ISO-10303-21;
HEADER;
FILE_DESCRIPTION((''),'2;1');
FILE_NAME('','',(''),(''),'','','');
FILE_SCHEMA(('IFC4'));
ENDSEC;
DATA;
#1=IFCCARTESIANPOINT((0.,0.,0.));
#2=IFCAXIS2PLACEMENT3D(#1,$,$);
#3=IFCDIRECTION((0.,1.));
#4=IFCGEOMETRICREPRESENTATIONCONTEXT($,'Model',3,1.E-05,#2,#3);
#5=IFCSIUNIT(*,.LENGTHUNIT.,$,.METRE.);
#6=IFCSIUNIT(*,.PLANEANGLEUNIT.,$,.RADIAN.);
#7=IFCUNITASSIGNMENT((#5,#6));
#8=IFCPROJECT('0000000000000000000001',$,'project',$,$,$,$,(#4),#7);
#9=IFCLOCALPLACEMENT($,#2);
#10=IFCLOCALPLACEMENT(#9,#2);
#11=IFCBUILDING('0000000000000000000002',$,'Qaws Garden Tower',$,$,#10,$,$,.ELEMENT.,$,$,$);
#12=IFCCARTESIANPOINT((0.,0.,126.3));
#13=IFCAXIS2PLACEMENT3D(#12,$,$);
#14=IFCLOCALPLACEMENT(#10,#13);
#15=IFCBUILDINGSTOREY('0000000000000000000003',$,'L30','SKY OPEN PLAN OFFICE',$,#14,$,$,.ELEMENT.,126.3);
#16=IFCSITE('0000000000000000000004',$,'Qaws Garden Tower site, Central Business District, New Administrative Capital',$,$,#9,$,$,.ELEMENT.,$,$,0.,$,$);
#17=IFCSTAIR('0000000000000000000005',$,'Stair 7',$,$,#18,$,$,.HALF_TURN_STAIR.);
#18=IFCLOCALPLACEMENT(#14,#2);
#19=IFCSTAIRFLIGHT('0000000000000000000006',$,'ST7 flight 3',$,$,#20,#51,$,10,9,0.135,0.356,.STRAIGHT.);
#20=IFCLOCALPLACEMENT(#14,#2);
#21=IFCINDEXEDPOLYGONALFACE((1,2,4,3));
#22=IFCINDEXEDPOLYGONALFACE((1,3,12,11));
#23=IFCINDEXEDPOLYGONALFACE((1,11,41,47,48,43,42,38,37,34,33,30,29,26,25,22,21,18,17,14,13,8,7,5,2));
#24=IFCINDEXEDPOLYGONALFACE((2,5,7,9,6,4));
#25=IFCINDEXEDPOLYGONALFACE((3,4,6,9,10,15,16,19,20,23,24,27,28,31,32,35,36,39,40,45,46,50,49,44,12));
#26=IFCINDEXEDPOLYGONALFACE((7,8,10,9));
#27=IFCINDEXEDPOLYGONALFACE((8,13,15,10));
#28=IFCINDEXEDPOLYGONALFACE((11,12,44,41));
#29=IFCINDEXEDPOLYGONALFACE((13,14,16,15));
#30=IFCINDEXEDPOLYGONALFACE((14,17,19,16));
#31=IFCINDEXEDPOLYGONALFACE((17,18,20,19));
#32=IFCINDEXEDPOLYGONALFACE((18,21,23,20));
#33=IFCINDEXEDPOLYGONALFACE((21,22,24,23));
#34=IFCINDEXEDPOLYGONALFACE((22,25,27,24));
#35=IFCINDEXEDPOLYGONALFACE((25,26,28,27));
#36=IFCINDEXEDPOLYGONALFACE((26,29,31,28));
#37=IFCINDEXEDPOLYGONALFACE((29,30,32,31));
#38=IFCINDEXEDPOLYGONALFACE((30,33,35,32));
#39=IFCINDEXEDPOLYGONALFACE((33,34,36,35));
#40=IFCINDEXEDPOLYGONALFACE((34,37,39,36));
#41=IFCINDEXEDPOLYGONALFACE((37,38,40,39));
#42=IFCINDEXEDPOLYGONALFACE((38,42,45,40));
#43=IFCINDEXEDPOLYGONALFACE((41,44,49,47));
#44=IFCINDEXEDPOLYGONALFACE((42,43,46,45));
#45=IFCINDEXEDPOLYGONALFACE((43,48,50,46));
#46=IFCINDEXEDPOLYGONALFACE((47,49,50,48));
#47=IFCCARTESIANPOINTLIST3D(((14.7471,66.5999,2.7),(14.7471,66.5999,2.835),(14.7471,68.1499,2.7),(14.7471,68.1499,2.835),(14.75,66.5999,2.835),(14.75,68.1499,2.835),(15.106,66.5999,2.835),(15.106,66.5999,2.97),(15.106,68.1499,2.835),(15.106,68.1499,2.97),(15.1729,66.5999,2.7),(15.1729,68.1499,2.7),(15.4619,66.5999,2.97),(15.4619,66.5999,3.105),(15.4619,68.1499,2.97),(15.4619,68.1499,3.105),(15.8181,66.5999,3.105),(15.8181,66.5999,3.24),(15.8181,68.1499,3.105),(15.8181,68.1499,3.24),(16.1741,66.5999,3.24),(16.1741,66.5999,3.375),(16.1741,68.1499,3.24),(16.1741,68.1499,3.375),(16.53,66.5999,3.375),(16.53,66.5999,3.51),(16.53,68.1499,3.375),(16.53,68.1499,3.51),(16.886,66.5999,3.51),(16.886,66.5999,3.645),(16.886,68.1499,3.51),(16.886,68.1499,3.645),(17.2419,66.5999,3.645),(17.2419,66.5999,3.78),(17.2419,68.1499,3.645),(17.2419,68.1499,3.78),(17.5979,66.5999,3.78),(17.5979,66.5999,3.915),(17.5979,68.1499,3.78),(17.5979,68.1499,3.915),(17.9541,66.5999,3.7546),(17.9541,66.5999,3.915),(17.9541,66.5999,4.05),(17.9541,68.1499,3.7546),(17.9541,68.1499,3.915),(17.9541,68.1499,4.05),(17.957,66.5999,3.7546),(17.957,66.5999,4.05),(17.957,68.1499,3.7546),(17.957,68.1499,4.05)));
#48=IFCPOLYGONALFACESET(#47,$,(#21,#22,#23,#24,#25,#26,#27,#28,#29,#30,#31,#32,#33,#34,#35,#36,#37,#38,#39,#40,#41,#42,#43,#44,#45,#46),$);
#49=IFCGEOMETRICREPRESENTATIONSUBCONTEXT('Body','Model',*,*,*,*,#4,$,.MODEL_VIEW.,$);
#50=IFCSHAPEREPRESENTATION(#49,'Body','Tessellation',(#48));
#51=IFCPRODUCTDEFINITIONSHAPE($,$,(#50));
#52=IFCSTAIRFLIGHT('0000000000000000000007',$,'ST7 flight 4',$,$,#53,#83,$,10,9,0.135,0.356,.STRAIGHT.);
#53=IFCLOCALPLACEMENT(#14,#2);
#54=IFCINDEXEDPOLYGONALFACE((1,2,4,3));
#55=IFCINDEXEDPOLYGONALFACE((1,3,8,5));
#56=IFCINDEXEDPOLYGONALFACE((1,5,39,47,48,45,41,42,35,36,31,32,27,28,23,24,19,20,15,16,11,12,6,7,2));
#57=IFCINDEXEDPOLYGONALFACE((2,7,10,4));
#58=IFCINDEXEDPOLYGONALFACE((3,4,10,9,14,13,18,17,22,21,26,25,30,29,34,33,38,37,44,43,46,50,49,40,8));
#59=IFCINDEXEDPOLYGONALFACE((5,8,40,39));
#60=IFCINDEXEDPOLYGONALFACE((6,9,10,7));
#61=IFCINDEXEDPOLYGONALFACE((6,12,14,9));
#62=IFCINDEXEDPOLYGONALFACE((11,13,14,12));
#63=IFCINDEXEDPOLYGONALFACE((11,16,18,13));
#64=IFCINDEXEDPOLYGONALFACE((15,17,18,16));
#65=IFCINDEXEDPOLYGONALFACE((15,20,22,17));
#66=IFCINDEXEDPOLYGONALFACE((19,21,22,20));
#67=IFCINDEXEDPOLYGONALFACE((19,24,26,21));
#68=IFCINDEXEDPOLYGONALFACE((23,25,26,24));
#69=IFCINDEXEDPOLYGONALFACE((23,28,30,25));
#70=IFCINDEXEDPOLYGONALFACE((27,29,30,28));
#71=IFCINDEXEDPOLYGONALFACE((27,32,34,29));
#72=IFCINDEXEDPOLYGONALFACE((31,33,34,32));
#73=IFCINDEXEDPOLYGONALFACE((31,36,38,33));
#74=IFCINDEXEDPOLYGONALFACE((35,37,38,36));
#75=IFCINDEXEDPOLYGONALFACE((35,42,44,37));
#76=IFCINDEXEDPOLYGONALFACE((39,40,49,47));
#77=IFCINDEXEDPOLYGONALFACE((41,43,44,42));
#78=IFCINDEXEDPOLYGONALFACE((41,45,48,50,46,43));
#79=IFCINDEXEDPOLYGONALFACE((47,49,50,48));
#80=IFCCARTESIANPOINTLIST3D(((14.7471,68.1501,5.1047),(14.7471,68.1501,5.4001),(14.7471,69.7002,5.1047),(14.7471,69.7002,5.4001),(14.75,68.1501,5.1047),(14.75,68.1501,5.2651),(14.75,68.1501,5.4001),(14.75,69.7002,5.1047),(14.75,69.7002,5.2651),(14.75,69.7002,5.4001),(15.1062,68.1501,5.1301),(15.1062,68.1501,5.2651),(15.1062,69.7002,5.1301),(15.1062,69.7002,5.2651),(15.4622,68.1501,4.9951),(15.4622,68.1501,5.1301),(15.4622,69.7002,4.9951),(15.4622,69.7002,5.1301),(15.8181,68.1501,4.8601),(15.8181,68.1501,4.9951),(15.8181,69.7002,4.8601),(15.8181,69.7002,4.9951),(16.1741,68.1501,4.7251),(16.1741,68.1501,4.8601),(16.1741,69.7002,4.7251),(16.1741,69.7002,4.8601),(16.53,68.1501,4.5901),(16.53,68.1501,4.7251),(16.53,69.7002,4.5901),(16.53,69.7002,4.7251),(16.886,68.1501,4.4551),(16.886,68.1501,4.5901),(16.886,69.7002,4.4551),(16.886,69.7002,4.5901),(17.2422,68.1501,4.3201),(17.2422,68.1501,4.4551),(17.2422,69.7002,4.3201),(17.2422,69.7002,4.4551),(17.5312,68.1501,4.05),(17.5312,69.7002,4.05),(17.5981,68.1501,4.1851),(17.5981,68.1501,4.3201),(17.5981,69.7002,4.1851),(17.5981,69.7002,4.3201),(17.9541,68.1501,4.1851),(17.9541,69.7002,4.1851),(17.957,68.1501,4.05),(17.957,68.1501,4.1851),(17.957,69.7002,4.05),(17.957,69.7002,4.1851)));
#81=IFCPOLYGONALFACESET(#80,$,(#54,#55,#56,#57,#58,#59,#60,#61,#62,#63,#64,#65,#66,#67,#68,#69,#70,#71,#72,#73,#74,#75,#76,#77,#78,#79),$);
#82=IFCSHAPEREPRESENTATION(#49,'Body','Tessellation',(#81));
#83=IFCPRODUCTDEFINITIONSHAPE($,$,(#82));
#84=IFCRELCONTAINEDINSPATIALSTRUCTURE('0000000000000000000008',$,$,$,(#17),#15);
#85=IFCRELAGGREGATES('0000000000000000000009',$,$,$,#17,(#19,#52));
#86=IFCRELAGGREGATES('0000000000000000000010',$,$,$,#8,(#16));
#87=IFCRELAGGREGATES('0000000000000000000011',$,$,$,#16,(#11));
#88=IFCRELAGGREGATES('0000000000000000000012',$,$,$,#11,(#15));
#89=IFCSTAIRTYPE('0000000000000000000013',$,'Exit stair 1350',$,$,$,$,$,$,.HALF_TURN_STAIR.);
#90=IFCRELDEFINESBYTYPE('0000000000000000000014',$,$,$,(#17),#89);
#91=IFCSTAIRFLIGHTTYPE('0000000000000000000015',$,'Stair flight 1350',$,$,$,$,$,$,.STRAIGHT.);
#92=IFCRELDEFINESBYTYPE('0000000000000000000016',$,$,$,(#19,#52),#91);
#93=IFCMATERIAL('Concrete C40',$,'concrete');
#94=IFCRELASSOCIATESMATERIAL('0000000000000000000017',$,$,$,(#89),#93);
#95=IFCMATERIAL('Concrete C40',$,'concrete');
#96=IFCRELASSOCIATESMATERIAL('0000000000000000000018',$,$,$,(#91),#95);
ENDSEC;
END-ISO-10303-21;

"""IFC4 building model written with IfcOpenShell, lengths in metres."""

from ifc_helpers import new_model, si_unit, direction, frame, origin, place, context, subcontext, project, spatial, polyline, outline, extrude, material, type_object, element, aggregate, save


model = new_model("IFC4")

# Units and contexts
model_context = context("Model", 3, precision=1e-05, world=origin(), true_north=direction((0.0, 1.0)))
body_context = subcontext(model_context, "Body", "Model", "MODEL_VIEW")
ifc_project = project(units=[si_unit("LENGTHUNIT", "METRE"), si_unit("PLANEANGLEUNIT", "RADIAN")], contexts=[model_context])

# Site, building, storey
site_placement = place(None, origin())
site = spatial("IfcSite", under=ifc_project, at=site_placement, Name="Qaws Garden Tower site, Central Business District, New Administrative Capital", CompositionType="ELEMENT", RefElevation=0.0)
building_placement = place(site_placement, origin())
building = spatial("IfcBuilding", under=site, at=building_placement, Name="Qaws Garden Tower", CompositionType="ELEMENT")
storey_placement = place(building_placement, frame((0.0, 0.0, 126.3)))
storey = spatial("IfcBuildingStorey", under=building, at=storey_placement, Name="L30", Description="SKY OPEN PLAN OFFICE", CompositionType="ELEMENT", Elevation=126.3)

# Stair, stair flights
ifc_material_1 = material(Name="Concrete C40", Category="concrete")
stair_type = type_object("IfcStairType", Name="Exit stair 1350", PredefinedType="HALF_TURN_STAIR", material=ifc_material_1)
stair_placement = place(storey_placement, origin())
stair = element("IfcStair", 1, at=stair_placement, inside=storey, type_object=stair_type, Name="Stair 7", PredefinedType="HALF_TURN_STAIR")
ifc_material_2 = material(Name="Concrete C40", Category="concrete")
stair_flight_type = type_object("IfcStairFlightType", Name="Stair flight 1350", PredefinedType="STRAIGHT", material=ifc_material_2)
stair_flight_1_placement = place(storey_placement, frame((14.75, 67.375, 2.7), z_axis=(0.0, 0.0, 1.0), x_axis=(1.0, 0.0, 0.0)))
stair_flight_1 = element("IfcStairFlight", 2, at=stair_flight_1_placement, type_object=stair_flight_type, Name="ST7 flight 3", NumberOfRisers=10, NumberOfTreads=9, PredefinedType="STRAIGHT", RiserHeight=0.135, TreadLength=0.356, context=body_context, shape_type="SweptSolid", body=[
    extrude(outline(polyline([(-0.0029, 0.0), (-0.0029, 0.135), (0.0, 0.135), (0.356, 0.135), (0.356, 0.27), (0.7119, 0.27), (0.7119, 0.405), (1.0681, 0.405), (1.0681, 0.54), (1.4241, 0.54), (1.4241, 0.675), (1.78, 0.675), (1.78, 0.8101), (2.136, 0.8101), (2.136, 0.9451), (2.4919, 0.9451), (2.4919, 1.0801), (2.8479, 1.0801), (2.8479, 1.2151), (3.2041, 1.2151), (3.2041, 1.3501), (3.207, 1.3501), (3.207, 1.0547), (3.2041, 1.0547), (0.4229, 0.0), (-0.0029, 0.0)])), frame((0.0, 0.7749, 0.0), z_axis=(0.0, -1.0, 0.0), x_axis=(1.0, 0.0, 0.0)), (0.0, 0.0, 1.0), 1.55),
])
stair_flight_2_placement = place(storey_placement, frame((17.9541, 68.925, 4.05), z_axis=(0.0, 0.0, 1.0), x_axis=(-1.0, 0.0, 0.0)))
stair_flight_2 = element("IfcStairFlight", 3, at=stair_flight_2_placement, type_object=stair_flight_type, Name="ST7 flight 4", NumberOfRisers=10, NumberOfTreads=9, PredefinedType="STRAIGHT", RiserHeight=0.135, TreadLength=0.356, context=body_context, shape_type="SweptSolid", body=[
    extrude(outline(polyline([(-0.0029, 0.0), (-0.0029, 0.135), (0.0, 0.135), (0.356, 0.135), (0.356, 0.27), (0.7119, 0.27), (0.7119, 0.405), (1.0681, 0.405), (1.0681, 0.54), (1.4241, 0.54), (1.4241, 0.675), (1.78, 0.675), (1.78, 0.8101), (2.136, 0.8101), (2.136, 0.9451), (2.4919, 0.9451), (2.4919, 1.0801), (2.8479, 1.0801), (2.8479, 1.2151), (3.2041, 1.2151), (3.2041, 1.3501), (3.207, 1.3501), (3.207, 1.0547), (3.2041, 1.0547), (0.4229, 0.0), (-0.0029, 0.0)])), frame((0.0, 0.7749, 0.0), z_axis=(0.0, -1.0, 0.0), x_axis=(1.0, 0.0, 0.0)), (0.0, 0.0, 1.0), 1.55),
])
aggregate(stair, [stair_flight_1, stair_flight_2])

save(model, "model.ifc")
